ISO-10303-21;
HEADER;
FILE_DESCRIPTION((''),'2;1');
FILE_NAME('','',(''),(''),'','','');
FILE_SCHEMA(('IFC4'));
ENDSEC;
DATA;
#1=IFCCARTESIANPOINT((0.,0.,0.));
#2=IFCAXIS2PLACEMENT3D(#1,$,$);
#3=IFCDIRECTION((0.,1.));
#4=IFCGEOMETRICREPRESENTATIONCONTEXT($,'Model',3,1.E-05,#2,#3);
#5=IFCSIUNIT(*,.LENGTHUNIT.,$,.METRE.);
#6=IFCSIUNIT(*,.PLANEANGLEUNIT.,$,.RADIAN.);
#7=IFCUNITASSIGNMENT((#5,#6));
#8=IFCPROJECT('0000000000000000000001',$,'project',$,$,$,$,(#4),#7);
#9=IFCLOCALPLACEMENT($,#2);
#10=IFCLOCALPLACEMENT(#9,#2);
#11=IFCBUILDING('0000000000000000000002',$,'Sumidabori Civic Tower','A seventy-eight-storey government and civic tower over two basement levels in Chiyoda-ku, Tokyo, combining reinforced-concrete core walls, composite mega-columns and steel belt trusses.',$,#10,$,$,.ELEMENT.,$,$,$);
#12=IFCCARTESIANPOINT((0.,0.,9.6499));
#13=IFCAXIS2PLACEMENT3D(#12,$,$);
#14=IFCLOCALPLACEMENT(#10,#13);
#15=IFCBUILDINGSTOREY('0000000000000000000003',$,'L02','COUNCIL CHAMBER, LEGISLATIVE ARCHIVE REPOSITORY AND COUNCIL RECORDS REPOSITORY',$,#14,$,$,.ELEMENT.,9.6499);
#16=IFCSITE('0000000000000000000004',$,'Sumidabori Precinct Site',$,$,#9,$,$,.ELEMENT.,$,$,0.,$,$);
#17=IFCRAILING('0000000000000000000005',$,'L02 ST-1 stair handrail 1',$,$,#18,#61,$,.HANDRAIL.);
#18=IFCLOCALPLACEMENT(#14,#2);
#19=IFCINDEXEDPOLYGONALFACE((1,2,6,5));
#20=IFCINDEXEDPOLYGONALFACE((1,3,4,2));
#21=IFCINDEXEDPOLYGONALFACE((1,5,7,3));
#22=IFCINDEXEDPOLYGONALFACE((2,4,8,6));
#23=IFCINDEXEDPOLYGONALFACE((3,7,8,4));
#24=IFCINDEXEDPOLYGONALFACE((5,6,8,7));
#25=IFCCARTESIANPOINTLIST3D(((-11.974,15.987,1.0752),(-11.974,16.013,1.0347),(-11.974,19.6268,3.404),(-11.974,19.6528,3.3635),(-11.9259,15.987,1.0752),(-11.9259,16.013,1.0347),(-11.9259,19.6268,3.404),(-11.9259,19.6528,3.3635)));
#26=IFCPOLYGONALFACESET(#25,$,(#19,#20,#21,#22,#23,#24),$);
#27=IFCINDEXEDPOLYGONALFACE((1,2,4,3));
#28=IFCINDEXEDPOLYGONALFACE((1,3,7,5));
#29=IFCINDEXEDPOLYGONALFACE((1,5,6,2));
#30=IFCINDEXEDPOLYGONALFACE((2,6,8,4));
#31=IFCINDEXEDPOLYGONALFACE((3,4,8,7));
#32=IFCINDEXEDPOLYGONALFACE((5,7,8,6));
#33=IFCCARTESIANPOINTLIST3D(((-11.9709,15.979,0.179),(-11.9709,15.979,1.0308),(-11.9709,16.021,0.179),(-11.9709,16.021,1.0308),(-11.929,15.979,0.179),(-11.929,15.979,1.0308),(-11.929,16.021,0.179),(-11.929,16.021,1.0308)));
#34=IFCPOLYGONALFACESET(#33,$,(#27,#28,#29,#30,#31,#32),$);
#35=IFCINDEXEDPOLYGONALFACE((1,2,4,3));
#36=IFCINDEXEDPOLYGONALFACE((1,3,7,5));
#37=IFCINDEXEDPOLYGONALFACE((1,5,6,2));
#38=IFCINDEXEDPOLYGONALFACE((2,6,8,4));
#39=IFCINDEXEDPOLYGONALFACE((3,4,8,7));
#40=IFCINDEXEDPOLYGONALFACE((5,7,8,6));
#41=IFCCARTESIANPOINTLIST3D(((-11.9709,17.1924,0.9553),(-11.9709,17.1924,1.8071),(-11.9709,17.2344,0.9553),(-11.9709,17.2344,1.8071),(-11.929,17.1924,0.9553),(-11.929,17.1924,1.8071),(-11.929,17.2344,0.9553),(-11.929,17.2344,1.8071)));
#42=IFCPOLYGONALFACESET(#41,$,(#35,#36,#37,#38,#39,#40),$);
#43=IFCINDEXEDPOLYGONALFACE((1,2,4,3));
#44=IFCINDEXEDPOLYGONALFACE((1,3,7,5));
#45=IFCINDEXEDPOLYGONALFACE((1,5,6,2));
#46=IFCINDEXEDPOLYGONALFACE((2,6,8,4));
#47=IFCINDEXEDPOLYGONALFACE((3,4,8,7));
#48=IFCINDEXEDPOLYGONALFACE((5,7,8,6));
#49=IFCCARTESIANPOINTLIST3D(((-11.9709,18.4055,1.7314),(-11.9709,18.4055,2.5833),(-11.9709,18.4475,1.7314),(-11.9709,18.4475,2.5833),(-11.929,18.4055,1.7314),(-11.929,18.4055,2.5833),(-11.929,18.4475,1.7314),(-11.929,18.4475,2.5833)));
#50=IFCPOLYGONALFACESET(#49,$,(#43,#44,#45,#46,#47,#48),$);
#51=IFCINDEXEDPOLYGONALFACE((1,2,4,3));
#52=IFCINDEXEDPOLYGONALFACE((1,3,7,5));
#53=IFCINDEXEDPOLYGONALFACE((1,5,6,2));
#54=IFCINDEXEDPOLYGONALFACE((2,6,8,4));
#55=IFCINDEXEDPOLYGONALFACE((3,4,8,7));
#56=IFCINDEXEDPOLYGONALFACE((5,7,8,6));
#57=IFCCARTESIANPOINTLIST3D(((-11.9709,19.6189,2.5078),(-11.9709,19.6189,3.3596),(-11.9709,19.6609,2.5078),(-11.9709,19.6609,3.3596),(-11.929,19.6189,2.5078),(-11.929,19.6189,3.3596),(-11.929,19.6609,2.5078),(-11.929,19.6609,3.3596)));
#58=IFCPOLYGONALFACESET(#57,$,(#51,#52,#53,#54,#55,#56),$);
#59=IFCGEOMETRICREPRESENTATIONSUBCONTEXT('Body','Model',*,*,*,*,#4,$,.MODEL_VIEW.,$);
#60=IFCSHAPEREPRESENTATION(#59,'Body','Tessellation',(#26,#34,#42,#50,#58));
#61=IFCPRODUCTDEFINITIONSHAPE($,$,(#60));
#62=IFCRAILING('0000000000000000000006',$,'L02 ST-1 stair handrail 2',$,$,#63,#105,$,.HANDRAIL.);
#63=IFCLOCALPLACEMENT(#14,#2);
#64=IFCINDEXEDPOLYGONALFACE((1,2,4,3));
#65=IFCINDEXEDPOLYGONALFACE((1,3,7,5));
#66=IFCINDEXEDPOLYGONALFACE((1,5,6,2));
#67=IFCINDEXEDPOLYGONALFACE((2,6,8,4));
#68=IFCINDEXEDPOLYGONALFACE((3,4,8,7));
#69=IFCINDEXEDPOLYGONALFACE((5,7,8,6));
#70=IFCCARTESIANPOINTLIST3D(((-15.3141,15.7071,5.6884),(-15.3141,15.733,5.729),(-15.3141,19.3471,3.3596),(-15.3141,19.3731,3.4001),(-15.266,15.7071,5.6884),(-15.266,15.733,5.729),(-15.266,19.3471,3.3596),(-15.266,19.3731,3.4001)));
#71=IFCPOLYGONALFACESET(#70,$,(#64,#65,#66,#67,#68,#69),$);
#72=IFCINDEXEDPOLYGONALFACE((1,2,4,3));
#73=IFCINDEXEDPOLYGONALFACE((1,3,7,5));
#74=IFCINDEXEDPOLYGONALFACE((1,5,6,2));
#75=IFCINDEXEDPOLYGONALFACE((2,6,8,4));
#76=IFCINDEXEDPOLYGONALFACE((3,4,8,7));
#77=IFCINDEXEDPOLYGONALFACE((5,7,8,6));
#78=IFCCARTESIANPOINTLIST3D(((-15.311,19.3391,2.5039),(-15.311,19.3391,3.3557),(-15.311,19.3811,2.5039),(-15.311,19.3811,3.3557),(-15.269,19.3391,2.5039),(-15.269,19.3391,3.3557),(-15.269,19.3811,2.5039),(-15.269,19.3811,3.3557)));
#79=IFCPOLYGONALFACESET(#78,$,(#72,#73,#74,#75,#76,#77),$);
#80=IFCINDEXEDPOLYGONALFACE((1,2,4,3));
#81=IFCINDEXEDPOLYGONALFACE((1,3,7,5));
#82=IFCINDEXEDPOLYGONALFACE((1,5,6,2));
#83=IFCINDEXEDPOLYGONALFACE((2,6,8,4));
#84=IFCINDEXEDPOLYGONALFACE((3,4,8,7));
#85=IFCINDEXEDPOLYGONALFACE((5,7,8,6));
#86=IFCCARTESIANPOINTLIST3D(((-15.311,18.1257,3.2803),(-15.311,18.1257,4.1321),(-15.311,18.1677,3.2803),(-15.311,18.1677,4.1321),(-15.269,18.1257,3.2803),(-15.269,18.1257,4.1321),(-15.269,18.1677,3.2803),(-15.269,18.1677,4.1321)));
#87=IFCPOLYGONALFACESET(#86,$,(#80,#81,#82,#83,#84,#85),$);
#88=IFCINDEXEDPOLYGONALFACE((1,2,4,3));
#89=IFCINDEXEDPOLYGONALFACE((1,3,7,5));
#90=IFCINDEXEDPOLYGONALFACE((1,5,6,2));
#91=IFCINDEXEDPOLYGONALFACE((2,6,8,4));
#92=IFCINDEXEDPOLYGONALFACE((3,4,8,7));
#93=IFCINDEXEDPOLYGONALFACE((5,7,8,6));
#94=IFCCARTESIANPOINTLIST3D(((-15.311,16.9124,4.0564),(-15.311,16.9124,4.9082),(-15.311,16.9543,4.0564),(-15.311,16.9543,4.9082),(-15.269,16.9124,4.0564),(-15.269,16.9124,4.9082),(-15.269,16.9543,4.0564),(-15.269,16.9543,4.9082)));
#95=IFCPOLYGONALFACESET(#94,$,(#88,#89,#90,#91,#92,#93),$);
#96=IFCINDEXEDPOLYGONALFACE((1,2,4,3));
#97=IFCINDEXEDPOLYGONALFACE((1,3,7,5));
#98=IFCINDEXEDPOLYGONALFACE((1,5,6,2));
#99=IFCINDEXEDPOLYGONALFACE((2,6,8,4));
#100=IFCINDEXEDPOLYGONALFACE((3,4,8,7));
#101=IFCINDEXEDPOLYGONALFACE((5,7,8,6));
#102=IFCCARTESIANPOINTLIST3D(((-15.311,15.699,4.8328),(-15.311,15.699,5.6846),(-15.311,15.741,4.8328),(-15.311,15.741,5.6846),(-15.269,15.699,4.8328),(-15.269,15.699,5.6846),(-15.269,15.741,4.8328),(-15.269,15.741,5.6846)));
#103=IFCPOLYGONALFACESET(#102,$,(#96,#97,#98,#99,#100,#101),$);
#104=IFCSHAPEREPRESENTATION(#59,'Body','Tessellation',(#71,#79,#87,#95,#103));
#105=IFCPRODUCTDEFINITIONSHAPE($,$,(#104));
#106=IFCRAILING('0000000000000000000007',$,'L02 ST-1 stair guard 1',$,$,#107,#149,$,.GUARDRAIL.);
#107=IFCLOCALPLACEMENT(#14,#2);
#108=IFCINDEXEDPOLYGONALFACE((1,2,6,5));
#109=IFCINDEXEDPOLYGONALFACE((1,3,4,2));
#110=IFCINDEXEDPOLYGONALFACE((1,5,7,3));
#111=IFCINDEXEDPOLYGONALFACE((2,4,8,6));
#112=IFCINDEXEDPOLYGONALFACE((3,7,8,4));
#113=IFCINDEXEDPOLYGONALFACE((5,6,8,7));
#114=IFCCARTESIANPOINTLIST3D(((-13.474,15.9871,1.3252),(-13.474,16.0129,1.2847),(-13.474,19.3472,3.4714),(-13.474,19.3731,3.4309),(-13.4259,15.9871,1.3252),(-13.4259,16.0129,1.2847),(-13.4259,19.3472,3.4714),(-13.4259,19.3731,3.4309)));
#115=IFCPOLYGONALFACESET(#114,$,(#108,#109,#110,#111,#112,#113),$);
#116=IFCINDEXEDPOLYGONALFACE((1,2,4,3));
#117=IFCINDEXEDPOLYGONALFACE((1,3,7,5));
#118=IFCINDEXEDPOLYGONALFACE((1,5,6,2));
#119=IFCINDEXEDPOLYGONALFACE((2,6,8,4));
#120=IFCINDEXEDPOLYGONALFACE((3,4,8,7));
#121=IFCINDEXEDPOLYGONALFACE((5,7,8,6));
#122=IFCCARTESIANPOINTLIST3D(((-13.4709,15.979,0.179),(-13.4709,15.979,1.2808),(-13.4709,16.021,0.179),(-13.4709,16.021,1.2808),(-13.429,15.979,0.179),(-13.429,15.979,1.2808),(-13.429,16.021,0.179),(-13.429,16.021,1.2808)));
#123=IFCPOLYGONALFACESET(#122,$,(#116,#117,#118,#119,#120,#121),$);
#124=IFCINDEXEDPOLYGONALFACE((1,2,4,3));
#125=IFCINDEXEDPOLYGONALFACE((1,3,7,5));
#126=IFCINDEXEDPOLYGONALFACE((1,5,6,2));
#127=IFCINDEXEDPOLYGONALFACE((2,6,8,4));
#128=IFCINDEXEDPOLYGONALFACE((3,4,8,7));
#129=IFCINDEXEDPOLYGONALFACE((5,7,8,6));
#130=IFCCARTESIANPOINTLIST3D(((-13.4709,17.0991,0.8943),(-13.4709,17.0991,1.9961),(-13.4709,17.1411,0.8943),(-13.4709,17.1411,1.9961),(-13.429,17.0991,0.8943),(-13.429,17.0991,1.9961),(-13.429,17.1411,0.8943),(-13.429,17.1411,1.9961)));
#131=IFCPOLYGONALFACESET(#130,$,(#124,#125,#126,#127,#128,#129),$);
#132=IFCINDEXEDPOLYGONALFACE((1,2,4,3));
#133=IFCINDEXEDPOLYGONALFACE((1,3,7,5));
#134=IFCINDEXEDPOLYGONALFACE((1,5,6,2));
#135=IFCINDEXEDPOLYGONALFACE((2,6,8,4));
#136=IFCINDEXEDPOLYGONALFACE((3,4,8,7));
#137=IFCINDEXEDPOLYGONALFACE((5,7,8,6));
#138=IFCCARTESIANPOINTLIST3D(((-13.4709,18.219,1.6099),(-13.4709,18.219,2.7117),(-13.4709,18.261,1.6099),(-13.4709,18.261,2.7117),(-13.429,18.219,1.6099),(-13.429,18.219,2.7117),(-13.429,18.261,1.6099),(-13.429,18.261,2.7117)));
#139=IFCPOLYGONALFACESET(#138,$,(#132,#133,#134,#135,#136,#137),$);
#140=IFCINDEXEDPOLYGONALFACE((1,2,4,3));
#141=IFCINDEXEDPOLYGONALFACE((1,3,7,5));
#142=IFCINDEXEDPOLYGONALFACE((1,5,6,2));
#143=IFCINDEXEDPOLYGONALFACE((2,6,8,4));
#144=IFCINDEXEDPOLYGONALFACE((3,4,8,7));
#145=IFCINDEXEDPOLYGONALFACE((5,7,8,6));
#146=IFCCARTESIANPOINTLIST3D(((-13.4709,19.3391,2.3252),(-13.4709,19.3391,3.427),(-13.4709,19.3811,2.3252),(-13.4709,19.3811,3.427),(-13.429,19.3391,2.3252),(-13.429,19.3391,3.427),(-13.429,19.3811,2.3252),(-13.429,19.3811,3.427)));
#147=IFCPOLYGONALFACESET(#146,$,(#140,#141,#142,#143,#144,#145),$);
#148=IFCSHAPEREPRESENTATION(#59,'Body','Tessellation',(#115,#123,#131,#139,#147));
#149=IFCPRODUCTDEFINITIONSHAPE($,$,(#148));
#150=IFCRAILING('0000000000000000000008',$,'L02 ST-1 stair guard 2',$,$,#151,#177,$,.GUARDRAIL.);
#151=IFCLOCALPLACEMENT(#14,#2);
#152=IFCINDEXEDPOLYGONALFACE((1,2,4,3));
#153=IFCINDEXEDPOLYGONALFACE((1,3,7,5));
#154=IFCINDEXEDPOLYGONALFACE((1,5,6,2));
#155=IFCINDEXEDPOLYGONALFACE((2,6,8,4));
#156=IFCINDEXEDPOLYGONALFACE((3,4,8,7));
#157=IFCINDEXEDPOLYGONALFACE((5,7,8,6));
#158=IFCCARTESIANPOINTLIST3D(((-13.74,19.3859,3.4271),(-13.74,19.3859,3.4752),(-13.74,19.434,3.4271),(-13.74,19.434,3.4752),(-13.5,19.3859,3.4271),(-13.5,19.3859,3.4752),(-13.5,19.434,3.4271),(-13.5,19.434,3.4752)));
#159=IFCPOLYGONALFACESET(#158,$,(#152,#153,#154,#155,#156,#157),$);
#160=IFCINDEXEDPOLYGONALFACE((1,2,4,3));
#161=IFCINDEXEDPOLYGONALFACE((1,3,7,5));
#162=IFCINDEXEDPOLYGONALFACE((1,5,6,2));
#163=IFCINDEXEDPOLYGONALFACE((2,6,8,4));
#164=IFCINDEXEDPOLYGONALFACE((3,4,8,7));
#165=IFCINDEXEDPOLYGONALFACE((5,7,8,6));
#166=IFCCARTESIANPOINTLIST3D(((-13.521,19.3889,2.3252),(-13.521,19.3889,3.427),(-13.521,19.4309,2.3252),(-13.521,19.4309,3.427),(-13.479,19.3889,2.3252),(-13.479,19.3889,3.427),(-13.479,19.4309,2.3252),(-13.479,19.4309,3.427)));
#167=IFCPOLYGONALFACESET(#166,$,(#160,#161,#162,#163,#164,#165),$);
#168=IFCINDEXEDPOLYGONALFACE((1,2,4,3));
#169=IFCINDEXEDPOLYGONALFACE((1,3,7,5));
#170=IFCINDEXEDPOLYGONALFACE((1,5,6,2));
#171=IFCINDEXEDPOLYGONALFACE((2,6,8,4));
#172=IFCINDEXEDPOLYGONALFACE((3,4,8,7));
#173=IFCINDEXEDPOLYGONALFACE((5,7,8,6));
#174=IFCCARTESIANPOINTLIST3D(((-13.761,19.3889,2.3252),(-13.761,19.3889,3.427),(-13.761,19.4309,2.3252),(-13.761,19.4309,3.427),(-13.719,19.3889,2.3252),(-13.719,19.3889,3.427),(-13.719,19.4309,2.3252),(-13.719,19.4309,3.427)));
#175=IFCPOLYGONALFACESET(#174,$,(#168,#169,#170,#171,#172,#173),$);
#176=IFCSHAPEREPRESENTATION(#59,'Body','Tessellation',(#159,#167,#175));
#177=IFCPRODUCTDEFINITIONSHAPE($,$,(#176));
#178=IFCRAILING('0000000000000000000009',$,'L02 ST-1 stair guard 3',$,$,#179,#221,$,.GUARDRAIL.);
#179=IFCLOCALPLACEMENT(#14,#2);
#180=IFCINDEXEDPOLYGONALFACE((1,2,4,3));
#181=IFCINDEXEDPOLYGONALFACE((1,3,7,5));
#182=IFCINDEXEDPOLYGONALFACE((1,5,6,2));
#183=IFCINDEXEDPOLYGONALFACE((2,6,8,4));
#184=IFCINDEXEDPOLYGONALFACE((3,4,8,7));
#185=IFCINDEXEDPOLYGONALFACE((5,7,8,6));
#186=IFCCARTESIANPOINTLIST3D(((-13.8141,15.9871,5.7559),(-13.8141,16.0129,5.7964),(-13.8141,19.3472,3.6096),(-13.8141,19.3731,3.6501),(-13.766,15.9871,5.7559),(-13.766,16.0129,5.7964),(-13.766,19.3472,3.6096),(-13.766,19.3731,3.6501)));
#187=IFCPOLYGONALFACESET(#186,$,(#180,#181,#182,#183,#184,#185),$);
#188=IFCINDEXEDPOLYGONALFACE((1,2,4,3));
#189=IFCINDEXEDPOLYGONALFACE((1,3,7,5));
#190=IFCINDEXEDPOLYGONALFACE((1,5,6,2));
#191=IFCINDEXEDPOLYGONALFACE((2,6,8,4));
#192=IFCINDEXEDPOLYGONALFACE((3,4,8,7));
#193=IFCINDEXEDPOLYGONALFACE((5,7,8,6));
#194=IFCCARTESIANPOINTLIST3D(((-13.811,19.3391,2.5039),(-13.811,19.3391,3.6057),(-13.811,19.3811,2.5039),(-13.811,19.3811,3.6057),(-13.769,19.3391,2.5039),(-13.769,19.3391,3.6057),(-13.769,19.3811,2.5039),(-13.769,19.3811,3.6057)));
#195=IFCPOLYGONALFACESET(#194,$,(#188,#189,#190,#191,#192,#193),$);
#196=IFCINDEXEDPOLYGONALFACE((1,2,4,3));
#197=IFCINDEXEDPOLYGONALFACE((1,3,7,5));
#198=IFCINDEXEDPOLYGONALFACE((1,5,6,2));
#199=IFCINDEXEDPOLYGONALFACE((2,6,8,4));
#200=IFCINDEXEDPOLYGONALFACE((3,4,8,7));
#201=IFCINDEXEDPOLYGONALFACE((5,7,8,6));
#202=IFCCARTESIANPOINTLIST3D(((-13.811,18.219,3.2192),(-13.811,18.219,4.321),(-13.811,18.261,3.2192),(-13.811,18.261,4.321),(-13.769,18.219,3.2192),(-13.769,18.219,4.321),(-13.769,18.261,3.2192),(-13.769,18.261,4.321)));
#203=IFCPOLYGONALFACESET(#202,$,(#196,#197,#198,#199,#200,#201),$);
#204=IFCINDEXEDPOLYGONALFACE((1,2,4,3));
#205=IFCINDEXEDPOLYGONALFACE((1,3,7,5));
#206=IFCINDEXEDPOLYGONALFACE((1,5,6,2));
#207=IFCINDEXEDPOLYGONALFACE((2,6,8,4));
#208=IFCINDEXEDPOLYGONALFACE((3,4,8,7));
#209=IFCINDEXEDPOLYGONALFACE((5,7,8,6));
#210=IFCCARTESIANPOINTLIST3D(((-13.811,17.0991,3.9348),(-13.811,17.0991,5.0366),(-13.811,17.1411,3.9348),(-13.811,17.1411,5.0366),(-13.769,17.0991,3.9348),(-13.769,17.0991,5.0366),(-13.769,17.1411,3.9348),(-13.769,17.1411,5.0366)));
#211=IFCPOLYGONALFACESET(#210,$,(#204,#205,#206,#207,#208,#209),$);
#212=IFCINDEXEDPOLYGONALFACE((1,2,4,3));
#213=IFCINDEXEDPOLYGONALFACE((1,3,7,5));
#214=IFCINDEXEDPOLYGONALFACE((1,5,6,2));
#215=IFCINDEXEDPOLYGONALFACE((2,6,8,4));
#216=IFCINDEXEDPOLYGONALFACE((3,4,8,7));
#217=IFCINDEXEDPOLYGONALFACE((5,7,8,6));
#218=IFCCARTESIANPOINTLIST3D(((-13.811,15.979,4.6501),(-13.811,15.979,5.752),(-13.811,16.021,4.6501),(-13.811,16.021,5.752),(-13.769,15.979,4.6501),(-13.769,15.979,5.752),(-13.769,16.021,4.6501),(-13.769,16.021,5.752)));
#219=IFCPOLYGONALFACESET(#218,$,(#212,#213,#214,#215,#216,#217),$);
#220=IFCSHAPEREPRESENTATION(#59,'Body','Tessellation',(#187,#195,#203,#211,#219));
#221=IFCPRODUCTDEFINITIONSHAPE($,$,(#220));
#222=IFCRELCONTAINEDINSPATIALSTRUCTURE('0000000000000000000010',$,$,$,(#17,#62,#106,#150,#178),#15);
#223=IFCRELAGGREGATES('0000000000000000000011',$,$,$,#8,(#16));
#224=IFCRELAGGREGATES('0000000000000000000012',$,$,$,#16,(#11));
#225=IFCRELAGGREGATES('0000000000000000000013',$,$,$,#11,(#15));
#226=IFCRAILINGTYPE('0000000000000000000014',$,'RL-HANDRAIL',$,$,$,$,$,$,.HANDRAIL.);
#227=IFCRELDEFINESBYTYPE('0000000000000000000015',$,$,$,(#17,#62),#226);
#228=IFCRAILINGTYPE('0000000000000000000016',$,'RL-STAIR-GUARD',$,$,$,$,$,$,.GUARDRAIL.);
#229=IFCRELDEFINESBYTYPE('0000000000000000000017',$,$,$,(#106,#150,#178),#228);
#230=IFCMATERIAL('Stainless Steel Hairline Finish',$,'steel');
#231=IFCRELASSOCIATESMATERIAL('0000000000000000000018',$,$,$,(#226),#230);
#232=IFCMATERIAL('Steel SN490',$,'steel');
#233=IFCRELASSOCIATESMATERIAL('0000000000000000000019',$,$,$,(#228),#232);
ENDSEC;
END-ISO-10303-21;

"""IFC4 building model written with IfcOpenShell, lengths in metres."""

from ifc_helpers import new_model, si_unit, direction, frame, origin, origin_2d, place, context, subcontext, project, spatial, rectangle, extrude, material, type_object, element, save


model = new_model("IFC4")

# Units and contexts
model_context = context("Model", 3, precision=1e-05, world=origin(), true_north=direction((0.0, 1.0)))
body_context = subcontext(model_context, "Body", "Model", "MODEL_VIEW")
ifc_project = project(units=[si_unit("LENGTHUNIT", "METRE"), si_unit("PLANEANGLEUNIT", "RADIAN")], contexts=[model_context])

# Site, building, storey
site_placement = place(None, origin())
site = spatial("IfcSite", under=ifc_project, at=site_placement, Name="Sumidabori Precinct Site", CompositionType="ELEMENT", RefElevation=0.0)
building_placement = place(site_placement, origin())
building = spatial("IfcBuilding", under=site, at=building_placement, Name="Sumidabori Civic Tower", Description="A seventy-eight-storey government and civic tower over two basement levels in Chiyoda-ku, Tokyo, combining reinforced-concrete core walls, composite mega-columns and steel belt trusses.", CompositionType="ELEMENT")
storey_placement = place(building_placement, frame((0.0, 0.0, 9.6499)))
storey = spatial("IfcBuildingStorey", under=building, at=storey_placement, Name="L02", Description="COUNCIL CHAMBER, LEGISLATIVE ARCHIVE REPOSITORY AND COUNCIL RECORDS REPOSITORY", CompositionType="ELEMENT", Elevation=9.6499)

# Shared definitions
ifc_material_1 = material(Name="Steel SN490", Category="steel")

# Railings
ifc_material_2 = material(Name="Stainless Steel Hairline Finish", Category="steel")
railing_type_1 = type_object("IfcRailingType", Name="RL-HANDRAIL", PredefinedType="HANDRAIL", material=ifc_material_2)
railing_1_placement = place(storey_placement, frame((-11.95, 16.0, 0.179)))
element("IfcRailing", 1, at=railing_1_placement, inside=storey, type_object=railing_type_1, Name="L02 ST-1 stair handrail 1", PredefinedType="HANDRAIL", context=body_context, shape_type="SweptSolid", body=[
    extrude(rectangle(XDim=0.0481, YDim=0.0481, at=origin_2d()), frame((0.0, 0.0, 0.876), z_axis=(0.0, 0.842342, 0.538943), x_axis=(-1.0, 0.0, 0.0)), (0.0, 0.0, 1.0), 4.321),
    extrude(rectangle(XDim=0.042, YDim=0.042, at=origin_2d()), origin(), (0.0, 0.0, 1.0), 0.8518),
    extrude(rectangle(XDim=0.042, YDim=0.042, at=origin_2d()), frame((0.0, 1.2134, 0.7764)), (0.0, 0.0, 1.0), 0.8518),
    extrude(rectangle(XDim=0.042, YDim=0.042, at=origin_2d()), frame((0.0, 2.4265, 1.5525)), (0.0, 0.0, 1.0), 0.8518),
    extrude(rectangle(XDim=0.042, YDim=0.042, at=origin_2d()), frame((0.0, 3.6399, 2.3289)), (0.0, 0.0, 1.0), 0.8518),
])
railing_2_placement = place(storey_placement, frame((-15.29, 19.3601, 2.5039)))
element("IfcRailing", 2, at=railing_2_placement, inside=storey, type_object=railing_type_1, Name="L02 ST-1 stair handrail 2", PredefinedType="HANDRAIL", context=body_context, shape_type="SweptSolid", body=[
    extrude(rectangle(XDim=0.0481, YDim=0.0481, at=origin_2d()), frame((0.0, 0.0, 0.876), z_axis=(0.0, -0.842359, 0.538917), x_axis=(1.0, 0.0, 0.0)), (0.0, 0.0, 1.0), 4.3213),
    extrude(rectangle(XDim=0.042, YDim=0.042, at=origin_2d()), origin(), (0.0, 0.0, 1.0), 0.8518),
    extrude(rectangle(XDim=0.042, YDim=0.042, at=origin_2d()), frame((0.0, -1.2134, 0.7764)), (0.0, 0.0, 1.0), 0.8518),
    extrude(rectangle(XDim=0.042, YDim=0.042, at=origin_2d()), frame((0.0, -2.4268, 1.5525)), (0.0, 0.0, 1.0), 0.8518),
    extrude(rectangle(XDim=0.042, YDim=0.042, at=origin_2d()), frame((0.0, -3.6401, 2.3289)), (0.0, 0.0, 1.0), 0.8518),
])
railing_type_2 = type_object("IfcRailingType", Name="RL-STAIR-GUARD", PredefinedType="GUARDRAIL", material=ifc_material_1)
railing_3_placement = place(storey_placement, frame((-13.45, 16.0, 0.179)))
element("IfcRailing", 3, at=railing_3_placement, inside=storey, type_object=railing_type_2, Name="L02 ST-1 stair guard 1", PredefinedType="GUARDRAIL", context=body_context, shape_type="SweptSolid", body=[
    extrude(rectangle(XDim=0.0481, YDim=0.0481, at=origin_2d()), frame((0.0, 0.0, 1.126), z_axis=(0.0, 0.842753, 0.538301), x_axis=(-1.0, 0.0, 0.0)), (0.0, 0.0, 1.0), 3.9871),
    extrude(rectangle(XDim=0.042, YDim=0.042, at=origin_2d()), origin(), (0.0, 0.0, 1.0), 1.1018),
    extrude(rectangle(XDim=0.042, YDim=0.042, at=origin_2d()), frame((0.0, 1.1201, 0.7153)), (0.0, 0.0, 1.0), 1.1018),
    extrude(rectangle(XDim=0.042, YDim=0.042, at=origin_2d()), frame((0.0, 2.24, 1.4309)), (0.0, 0.0, 1.0), 1.1018),
    extrude(rectangle(XDim=0.042, YDim=0.042, at=origin_2d()), frame((0.0, 3.3601, 2.1462)), (0.0, 0.0, 1.0), 1.1018),
])
railing_4_placement = place(storey_placement, frame((-13.5, 19.4099, 2.3252)))
element("IfcRailing", 4, at=railing_4_placement, inside=storey, type_object=railing_type_2, Name="L02 ST-1 stair guard 2", PredefinedType="GUARDRAIL", context=body_context, shape_type="SweptSolid", body=[
    extrude(rectangle(XDim=0.0481, YDim=0.0481, at=origin_2d()), frame((0.0, 0.0, 1.126), z_axis=(-1.0, 0.0, 0.0), x_axis=(0.0, -1.0, 0.0)), (0.0, 0.0, 1.0), 0.24),
    extrude(rectangle(XDim=0.042, YDim=0.042, at=origin_2d()), origin(), (0.0, 0.0, 1.0), 1.1018),
    extrude(rectangle(XDim=0.042, YDim=0.042, at=origin_2d()), frame((-0.24, 0.0, 0.0)), (0.0, 0.0, 1.0), 1.1018),
])
railing_5_placement = place(storey_placement, frame((-13.79, 19.3601, 2.5039)))
element("IfcRailing", 5, at=railing_5_placement, inside=storey, type_object=railing_type_2, Name="L02 ST-1 stair guard 3", PredefinedType="GUARDRAIL", context=body_context, shape_type="SweptSolid", body=[
    extrude(rectangle(XDim=0.0481, YDim=0.0481, at=origin_2d()), frame((0.0, 0.0, 1.126), z_axis=(0.0, -0.842753, 0.538301), x_axis=(1.0, 0.0, 0.0)), (0.0, 0.0, 1.0), 3.9871),
    extrude(rectangle(XDim=0.042, YDim=0.042, at=origin_2d()), origin(), (0.0, 0.0, 1.0), 1.1018),
    extrude(rectangle(XDim=0.042, YDim=0.042, at=origin_2d()), frame((0.0, -1.1201, 0.7153)), (0.0, 0.0, 1.0), 1.1018),
    extrude(rectangle(XDim=0.042, YDim=0.042, at=origin_2d()), frame((0.0, -2.24, 1.4309)), (0.0, 0.0, 1.0), 1.1018),
    extrude(rectangle(XDim=0.042, YDim=0.042, at=origin_2d()), frame((0.0, -3.3601, 2.1462)), (0.0, 0.0, 1.0), 1.1018),
])

save(model, "model.ifc")
